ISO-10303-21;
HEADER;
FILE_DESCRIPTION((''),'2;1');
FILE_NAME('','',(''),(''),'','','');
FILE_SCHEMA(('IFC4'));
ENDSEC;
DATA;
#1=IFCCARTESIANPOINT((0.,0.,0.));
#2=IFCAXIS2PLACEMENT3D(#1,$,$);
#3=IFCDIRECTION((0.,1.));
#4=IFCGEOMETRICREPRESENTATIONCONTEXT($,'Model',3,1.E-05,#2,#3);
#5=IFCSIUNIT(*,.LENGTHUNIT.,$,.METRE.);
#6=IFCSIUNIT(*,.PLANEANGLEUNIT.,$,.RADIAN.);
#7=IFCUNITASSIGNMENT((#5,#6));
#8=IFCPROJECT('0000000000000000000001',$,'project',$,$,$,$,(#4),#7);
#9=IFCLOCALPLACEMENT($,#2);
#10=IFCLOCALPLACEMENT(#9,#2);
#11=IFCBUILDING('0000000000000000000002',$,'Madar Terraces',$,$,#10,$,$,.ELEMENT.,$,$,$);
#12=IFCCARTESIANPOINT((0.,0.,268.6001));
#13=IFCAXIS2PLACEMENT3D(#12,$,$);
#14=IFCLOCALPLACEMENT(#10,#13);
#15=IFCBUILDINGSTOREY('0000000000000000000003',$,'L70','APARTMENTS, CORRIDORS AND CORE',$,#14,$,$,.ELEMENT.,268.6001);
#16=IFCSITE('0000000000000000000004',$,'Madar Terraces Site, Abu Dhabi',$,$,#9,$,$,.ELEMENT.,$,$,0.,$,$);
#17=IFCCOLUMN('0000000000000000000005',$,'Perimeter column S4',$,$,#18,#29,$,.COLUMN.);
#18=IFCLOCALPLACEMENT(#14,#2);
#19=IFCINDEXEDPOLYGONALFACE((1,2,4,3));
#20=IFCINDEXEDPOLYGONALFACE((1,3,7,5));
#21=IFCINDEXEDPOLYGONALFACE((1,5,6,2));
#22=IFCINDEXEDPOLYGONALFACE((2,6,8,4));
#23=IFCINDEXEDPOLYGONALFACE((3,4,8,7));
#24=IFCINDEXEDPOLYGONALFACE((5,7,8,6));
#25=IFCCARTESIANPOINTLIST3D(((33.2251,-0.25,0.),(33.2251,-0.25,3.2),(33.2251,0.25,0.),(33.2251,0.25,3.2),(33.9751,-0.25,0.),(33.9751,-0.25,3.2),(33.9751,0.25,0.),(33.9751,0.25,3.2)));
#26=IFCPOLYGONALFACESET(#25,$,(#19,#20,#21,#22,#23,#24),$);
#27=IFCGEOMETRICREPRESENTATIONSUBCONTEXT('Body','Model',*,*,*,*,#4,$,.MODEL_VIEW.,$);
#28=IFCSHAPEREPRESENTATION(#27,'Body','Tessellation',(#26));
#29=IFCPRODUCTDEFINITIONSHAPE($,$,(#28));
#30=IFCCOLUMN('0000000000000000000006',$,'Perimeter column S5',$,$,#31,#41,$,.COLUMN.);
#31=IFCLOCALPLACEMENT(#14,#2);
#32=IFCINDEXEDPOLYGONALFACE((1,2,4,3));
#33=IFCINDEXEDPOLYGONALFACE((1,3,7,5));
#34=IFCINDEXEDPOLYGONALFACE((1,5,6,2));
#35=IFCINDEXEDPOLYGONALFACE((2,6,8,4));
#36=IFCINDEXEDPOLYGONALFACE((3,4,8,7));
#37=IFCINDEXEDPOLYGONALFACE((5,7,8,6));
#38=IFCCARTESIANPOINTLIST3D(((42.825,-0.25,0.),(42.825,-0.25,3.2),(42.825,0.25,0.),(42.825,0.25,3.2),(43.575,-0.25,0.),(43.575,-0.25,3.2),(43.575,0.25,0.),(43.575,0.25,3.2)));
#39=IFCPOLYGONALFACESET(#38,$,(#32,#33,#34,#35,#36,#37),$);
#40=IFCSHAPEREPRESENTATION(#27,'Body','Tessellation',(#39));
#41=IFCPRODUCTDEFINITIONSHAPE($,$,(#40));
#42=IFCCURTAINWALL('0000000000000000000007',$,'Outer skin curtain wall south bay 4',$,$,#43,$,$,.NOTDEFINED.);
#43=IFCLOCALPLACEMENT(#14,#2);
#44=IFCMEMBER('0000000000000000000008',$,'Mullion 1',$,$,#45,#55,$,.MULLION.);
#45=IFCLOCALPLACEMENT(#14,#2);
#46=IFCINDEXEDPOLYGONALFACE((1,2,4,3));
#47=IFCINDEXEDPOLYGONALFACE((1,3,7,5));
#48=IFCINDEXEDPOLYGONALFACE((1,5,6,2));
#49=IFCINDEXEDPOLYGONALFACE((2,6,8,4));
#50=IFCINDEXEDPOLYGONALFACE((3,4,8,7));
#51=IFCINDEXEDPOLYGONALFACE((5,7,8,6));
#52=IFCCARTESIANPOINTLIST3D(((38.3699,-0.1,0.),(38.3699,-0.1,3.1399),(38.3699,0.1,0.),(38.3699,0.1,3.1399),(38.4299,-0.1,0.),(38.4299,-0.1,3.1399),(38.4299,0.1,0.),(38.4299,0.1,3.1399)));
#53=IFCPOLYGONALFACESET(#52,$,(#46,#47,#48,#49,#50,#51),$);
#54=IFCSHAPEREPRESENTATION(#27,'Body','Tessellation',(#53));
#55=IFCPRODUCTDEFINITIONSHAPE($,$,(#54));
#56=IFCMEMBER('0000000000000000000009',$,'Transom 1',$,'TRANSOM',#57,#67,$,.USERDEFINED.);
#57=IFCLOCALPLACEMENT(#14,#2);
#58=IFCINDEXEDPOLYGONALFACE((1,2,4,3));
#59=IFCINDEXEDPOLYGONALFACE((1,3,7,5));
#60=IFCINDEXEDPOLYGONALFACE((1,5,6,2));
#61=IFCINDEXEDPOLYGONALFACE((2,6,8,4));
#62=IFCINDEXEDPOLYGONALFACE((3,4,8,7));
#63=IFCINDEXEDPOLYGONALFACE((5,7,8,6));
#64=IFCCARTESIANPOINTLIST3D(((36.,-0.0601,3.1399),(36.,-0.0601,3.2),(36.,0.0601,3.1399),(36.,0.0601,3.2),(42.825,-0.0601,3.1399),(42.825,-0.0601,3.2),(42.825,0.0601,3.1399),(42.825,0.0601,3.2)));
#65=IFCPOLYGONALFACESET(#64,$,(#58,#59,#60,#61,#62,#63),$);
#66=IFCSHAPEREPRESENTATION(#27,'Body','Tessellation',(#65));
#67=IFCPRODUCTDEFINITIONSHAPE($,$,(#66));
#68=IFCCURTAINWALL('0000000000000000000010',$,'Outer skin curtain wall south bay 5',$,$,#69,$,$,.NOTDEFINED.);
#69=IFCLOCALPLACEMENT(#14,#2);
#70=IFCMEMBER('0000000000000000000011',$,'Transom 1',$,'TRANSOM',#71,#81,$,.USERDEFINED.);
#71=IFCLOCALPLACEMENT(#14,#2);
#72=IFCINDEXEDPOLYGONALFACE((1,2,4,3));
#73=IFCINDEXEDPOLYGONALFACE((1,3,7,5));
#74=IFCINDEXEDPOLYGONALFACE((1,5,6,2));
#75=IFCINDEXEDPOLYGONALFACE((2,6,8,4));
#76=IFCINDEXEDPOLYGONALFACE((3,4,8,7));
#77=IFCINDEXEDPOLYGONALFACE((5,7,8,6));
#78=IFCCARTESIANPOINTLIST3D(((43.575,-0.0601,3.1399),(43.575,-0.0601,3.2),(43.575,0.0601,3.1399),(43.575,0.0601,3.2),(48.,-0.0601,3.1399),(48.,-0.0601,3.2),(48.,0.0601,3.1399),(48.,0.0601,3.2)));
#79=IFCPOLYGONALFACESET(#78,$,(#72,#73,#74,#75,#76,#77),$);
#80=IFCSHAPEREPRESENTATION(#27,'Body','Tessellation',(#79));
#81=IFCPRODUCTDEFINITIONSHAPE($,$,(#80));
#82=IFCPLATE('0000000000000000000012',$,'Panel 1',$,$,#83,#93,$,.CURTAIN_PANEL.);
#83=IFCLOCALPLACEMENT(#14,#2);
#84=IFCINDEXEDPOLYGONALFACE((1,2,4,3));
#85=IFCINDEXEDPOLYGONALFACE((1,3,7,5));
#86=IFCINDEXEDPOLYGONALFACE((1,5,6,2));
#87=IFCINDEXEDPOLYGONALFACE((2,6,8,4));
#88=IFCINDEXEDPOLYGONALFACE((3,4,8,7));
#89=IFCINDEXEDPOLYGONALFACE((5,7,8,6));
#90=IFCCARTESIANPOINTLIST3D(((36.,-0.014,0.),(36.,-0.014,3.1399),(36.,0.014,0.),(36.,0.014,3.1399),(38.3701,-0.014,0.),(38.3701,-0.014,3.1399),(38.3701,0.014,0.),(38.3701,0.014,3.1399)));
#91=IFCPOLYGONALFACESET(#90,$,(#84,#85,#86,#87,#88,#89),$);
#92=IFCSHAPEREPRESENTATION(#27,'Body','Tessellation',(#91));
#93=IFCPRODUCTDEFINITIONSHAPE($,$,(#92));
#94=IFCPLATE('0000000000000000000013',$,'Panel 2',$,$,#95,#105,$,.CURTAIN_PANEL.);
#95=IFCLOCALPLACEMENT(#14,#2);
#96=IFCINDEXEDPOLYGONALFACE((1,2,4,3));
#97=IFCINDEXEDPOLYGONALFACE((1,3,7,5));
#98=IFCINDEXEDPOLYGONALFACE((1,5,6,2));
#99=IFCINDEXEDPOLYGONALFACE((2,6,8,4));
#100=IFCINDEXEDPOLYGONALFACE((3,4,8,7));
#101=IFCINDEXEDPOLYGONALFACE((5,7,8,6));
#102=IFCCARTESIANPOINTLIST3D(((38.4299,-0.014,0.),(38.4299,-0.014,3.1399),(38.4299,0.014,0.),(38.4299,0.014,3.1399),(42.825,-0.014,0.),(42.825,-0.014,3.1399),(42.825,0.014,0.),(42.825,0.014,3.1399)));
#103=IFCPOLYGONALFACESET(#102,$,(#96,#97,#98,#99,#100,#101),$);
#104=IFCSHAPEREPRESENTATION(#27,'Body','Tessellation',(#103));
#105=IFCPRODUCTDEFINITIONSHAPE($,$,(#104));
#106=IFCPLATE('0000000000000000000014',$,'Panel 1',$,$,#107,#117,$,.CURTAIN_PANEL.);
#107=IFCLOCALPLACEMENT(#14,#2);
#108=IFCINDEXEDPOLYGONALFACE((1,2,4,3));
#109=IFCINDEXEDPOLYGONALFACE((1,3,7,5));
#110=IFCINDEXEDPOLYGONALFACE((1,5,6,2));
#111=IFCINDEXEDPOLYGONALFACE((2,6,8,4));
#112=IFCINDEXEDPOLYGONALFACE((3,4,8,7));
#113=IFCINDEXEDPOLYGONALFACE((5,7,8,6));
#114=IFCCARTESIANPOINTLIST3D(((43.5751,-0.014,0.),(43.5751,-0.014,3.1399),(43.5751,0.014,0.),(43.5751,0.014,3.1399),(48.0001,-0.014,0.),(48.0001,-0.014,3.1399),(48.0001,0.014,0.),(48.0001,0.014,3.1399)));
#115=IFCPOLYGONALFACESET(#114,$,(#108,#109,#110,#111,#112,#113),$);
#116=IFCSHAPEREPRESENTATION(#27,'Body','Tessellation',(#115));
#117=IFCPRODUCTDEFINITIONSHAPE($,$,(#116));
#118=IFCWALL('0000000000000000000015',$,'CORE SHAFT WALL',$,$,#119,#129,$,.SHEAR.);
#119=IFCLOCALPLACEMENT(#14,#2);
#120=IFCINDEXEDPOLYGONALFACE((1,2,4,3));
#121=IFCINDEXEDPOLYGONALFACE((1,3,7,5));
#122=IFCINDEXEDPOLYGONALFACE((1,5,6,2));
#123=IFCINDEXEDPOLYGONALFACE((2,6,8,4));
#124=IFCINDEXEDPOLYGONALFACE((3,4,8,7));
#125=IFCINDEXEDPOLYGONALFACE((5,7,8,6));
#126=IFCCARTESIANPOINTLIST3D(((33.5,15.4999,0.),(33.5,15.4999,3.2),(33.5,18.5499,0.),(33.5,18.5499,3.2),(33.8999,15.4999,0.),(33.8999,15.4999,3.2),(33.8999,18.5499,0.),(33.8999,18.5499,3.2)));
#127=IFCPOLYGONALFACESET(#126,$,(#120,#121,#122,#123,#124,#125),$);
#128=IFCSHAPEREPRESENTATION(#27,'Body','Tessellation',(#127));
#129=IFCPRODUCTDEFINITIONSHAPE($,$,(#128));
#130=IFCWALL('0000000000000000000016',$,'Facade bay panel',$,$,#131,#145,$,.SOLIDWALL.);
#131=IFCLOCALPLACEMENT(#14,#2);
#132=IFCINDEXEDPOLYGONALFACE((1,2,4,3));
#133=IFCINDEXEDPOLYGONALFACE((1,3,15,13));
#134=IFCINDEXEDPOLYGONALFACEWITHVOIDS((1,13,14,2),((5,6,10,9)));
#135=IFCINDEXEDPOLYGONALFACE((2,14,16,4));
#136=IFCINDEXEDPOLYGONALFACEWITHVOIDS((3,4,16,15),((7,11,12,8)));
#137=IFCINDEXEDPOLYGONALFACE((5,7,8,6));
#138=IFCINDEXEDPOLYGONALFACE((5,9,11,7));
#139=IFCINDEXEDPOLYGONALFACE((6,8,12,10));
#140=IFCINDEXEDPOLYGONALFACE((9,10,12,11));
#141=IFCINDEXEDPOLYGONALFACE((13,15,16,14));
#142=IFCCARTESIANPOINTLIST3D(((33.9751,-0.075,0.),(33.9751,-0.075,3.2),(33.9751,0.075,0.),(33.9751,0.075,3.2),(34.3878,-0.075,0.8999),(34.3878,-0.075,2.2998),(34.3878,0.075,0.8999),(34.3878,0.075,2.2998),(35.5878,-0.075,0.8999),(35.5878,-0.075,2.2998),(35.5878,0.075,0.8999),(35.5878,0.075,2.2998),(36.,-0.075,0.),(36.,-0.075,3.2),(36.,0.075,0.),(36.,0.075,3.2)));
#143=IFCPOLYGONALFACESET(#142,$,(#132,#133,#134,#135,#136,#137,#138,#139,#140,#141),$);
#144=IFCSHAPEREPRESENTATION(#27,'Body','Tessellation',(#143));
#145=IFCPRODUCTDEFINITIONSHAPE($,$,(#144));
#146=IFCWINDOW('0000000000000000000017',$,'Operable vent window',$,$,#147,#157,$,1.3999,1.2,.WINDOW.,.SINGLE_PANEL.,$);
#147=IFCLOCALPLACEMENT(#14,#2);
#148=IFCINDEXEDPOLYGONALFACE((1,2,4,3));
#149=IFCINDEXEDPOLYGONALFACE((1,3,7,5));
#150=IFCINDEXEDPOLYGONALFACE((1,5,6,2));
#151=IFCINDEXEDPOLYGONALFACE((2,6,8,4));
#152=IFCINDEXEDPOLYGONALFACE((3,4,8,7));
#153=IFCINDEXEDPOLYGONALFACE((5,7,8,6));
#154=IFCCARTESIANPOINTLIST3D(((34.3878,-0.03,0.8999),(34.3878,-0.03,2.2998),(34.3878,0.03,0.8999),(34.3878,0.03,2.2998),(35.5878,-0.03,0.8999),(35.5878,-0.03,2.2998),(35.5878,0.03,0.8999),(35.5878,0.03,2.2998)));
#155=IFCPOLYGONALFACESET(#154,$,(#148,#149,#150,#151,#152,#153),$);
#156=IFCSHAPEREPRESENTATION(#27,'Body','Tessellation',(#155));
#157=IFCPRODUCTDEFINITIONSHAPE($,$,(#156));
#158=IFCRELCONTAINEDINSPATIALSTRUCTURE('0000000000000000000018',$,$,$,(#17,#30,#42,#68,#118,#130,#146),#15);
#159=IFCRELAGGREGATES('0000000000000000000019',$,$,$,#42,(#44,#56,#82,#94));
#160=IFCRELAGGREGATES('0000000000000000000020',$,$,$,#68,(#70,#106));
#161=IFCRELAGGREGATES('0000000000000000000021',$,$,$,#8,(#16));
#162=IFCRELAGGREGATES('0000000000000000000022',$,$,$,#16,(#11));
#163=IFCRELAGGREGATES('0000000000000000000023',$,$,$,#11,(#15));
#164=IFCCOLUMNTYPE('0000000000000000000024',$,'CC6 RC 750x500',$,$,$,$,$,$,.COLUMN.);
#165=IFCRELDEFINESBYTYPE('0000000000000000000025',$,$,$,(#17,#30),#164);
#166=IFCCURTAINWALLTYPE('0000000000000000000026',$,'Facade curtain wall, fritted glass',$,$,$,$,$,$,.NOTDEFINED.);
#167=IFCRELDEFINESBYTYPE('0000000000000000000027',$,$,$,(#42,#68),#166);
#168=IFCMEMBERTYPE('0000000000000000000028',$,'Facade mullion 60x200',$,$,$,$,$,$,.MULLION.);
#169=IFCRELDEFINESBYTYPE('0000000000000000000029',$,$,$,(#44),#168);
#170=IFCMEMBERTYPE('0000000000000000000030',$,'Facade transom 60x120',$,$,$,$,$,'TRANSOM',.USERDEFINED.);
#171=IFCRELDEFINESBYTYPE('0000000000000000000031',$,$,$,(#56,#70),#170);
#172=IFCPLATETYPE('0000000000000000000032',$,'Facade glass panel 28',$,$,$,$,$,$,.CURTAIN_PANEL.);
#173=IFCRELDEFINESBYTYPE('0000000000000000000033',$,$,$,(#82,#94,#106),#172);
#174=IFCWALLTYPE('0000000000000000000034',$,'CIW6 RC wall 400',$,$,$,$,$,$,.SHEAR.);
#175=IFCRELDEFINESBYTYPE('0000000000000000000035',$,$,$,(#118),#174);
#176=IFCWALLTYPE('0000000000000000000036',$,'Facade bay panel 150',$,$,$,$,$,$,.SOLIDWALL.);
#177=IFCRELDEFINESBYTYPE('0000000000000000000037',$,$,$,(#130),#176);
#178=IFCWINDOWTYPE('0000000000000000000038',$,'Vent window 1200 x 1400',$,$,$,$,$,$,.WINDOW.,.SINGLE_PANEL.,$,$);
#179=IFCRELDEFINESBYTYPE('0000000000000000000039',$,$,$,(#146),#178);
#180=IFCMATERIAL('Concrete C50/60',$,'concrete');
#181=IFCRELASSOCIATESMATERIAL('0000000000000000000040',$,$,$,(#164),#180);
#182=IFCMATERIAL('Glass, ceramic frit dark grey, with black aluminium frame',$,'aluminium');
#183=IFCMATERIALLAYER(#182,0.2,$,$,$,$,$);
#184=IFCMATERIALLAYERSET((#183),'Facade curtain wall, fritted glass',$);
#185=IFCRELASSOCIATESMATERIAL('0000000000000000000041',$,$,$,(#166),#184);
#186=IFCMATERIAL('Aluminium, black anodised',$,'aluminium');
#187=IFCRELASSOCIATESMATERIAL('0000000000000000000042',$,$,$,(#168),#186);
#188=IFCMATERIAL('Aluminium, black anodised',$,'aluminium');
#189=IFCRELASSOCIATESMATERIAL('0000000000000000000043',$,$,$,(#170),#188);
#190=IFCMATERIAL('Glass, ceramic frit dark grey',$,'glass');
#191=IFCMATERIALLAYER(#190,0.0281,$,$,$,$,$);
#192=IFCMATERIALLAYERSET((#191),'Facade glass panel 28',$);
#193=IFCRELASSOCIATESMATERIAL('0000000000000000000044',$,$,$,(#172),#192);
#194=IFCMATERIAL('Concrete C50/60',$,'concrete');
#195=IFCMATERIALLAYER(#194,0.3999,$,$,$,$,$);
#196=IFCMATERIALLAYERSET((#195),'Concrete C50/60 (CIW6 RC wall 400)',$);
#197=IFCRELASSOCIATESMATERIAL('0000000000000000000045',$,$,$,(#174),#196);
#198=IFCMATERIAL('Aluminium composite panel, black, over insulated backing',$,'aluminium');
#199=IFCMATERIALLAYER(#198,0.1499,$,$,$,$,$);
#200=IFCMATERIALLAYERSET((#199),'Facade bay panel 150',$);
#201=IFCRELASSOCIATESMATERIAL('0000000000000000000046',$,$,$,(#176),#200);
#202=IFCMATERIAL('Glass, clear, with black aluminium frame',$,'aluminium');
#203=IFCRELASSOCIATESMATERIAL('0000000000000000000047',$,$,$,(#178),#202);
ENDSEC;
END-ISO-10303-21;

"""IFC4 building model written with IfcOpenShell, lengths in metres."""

from ifc_helpers import new_model, si_unit, direction, frame, frame_2d, origin, origin_2d, place, context, subcontext, project, spatial, rectangle, extrude, material, layer, layer_set, material_profile, profile_set, type_object, element, fill, aggregate, save


model = new_model("IFC4")

# Units and contexts
model_context = context("Model", 3, precision=1e-05, world=origin(), true_north=direction((0.0, 1.0)))
body_context = subcontext(model_context, "Body", "Model", "MODEL_VIEW")
ifc_project = project(units=[si_unit("LENGTHUNIT", "METRE"), si_unit("PLANEANGLEUNIT", "RADIAN")], contexts=[model_context])

# Site, building, storey
site_placement = place(None, origin())
site = spatial("IfcSite", under=ifc_project, at=site_placement, Name="Madar Terraces Site, Abu Dhabi", CompositionType="ELEMENT", RefElevation=0.0)
building_placement = place(site_placement, origin())
building = spatial("IfcBuilding", under=site, at=building_placement, Name="Madar Terraces", CompositionType="ELEMENT")
storey_placement = place(building_placement, frame((0.0, 0.0, 268.6001)))
storey = spatial("IfcBuildingStorey", under=building, at=storey_placement, Name="L70", Description="APARTMENTS, CORRIDORS AND CORE", CompositionType="ELEMENT", Elevation=268.6001)

# Columns
ifc_material_1 = material(Name="Concrete C50/60", Category="concrete")
ifc_material_profile_1 = material_profile(ifc_material_1, rectangle(XDim=0.75, YDim=0.5, at=origin_2d()), Name="CC6 RC 750x500")
ifc_profile_set_1 = profile_set([ifc_material_profile_1], Name="Concrete C50/60")
column_type = type_object("IfcColumnType", Name="CC6 RC 750x500", PredefinedType="COLUMN", material=ifc_profile_set_1)
for number, where, z_axis, x_axis, name in (
    (1, (33.6001, 0.0, 0.0), (0.0, 0.0, 1.0), (1.0, 0.0, 0.0), "Perimeter column S4"),
    (2, (43.2, 0.0, 0.0), (0.0, 0.0, 1.0), (1.0, 0.0, 0.0), "Perimeter column S5"),
):
    element("IfcColumn", number, at=place(storey_placement, frame(where, z_axis=z_axis, x_axis=x_axis)), inside=storey, type_object=column_type, Name=name, PredefinedType="COLUMN", context=body_context, shape_type="SweptSolid", body=[
        extrude(rectangle(XDim=0.75, YDim=0.5, at=origin_2d()), origin(), (0.0, 0.0, 1.0), 3.2),
    ])

# Curtain wall, members
ifc_material_2 = material(Name="Glass, ceramic frit dark grey, with black aluminium frame", Category="aluminium")
ifc_layer_1 = layer(ifc_material_2, 0.2)
ifc_layer_set_1 = layer_set([ifc_layer_1], Name="Facade curtain wall, fritted glass")
curtain_wall_type = type_object("IfcCurtainWallType", Name="Facade curtain wall, fritted glass", PredefinedType="NOTDEFINED", material=ifc_layer_set_1)
curtain_wall_1_placement = place(storey_placement, origin())
curtain_wall_1 = element("IfcCurtainWall", 3, at=curtain_wall_1_placement, inside=storey, type_object=curtain_wall_type, Name="Outer skin curtain wall south bay 4", PredefinedType="NOTDEFINED")
ifc_material_3 = material(Name="Aluminium, black anodised", Category="aluminium")
ifc_material_profile_2 = material_profile(ifc_material_3, rectangle(XDim=0.2, YDim=0.0601, at=origin_2d()), Name="Facade mullion 60x200")
ifc_profile_set_2 = profile_set([ifc_material_profile_2], Name="Aluminium, black anodised")
member_type_1 = type_object("IfcMemberType", Name="Facade mullion 60x200", PredefinedType="MULLION", material=ifc_profile_set_2)
member_1_placement = place(storey_placement, frame((38.3999, 0.0, 0.0), z_axis=(0.0, 0.0, 1.0), x_axis=(0.0, 1.0, 0.0)))
member_1 = element("IfcMember", 4, at=member_1_placement, type_object=member_type_1, Name="Mullion 1", PredefinedType="MULLION", context=body_context, shape_type="SweptSolid", body=[
    extrude(rectangle(XDim=0.2, YDim=0.0601, at=origin_2d()), origin(), (0.0, 0.0, 1.0), 3.1399),
])
ifc_material_4 = material(Name="Aluminium, black anodised", Category="aluminium")
ifc_material_profile_3 = material_profile(ifc_material_4, rectangle(XDim=0.1201, YDim=0.0601, at=origin_2d()), Name="Facade transom 60x120")
ifc_profile_set_3 = profile_set([ifc_material_profile_3], Name="Aluminium, black anodised")
member_type_2 = type_object("IfcMemberType", Name="Facade transom 60x120", ElementType="TRANSOM", PredefinedType="USERDEFINED", material=ifc_profile_set_3)
member_2_placement = place(storey_placement, frame((36.0, 0.0, 3.1699), z_axis=(1.0, 0.0, 0.0), x_axis=(0.0, 1.0, 0.0)))
member_2 = element("IfcMember", 5, at=member_2_placement, type_object=member_type_2, Name="Transom 1", ObjectType="TRANSOM", PredefinedType="USERDEFINED", context=body_context, shape_type="SweptSolid", body=[
    extrude(rectangle(XDim=0.1201, YDim=0.0601, at=origin_2d()), origin(), (0.0, 0.0, 1.0), 6.825),
])

# Curtain wall, member
curtain_wall_2_placement = place(storey_placement, origin())
curtain_wall_2 = element("IfcCurtainWall", 6, at=curtain_wall_2_placement, inside=storey, type_object=curtain_wall_type, Name="Outer skin curtain wall south bay 5", PredefinedType="NOTDEFINED")
member_3_placement = place(storey_placement, frame((43.575, 0.0, 3.1699), z_axis=(1.0, 0.0, 0.0), x_axis=(0.0, 1.0, 0.0)))
member_3 = element("IfcMember", 7, at=member_3_placement, type_object=member_type_2, Name="Transom 1", ObjectType="TRANSOM", PredefinedType="USERDEFINED", context=body_context, shape_type="SweptSolid", body=[
    extrude(rectangle(XDim=0.1201, YDim=0.0601, at=origin_2d()), origin(), (0.0, 0.0, 1.0), 4.425),
])

# Plates
ifc_material_5 = material(Name="Glass, ceramic frit dark grey", Category="glass")
ifc_layer_2 = layer(ifc_material_5, 0.0281)
ifc_layer_set_2 = layer_set([ifc_layer_2], Name="Facade glass panel 28")
plate_type = type_object("IfcPlateType", Name="Facade glass panel 28", PredefinedType="CURTAIN_PANEL", material=ifc_layer_set_2)
plate_1_placement = place(storey_placement, frame((37.1851, 0.0, 0.0), z_axis=(0.0, 0.0, 1.0), x_axis=(1.0, 0.0, 0.0)))
plate_1 = element("IfcPlate", 8, at=plate_1_placement, type_object=plate_type, Name="Panel 1", PredefinedType="CURTAIN_PANEL", context=body_context, shape_type="SweptSolid", body=[
    extrude(rectangle(XDim=2.3701, YDim=0.0281, at=origin_2d()), origin(), (0.0, 0.0, 1.0), 3.1399),
])
plate_2_placement = place(storey_placement, frame((40.6274, 0.0, 0.0), z_axis=(0.0, 0.0, 1.0), x_axis=(1.0, 0.0, 0.0)))
plate_2 = element("IfcPlate", 9, at=plate_2_placement, type_object=plate_type, Name="Panel 2", PredefinedType="CURTAIN_PANEL", context=body_context, shape_type="SweptSolid", body=[
    extrude(rectangle(XDim=4.395, YDim=0.0281, at=origin_2d()), origin(), (0.0, 0.0, 1.0), 3.1399),
])
aggregate(curtain_wall_1, [member_1, member_2, plate_1, plate_2])
plate_3_placement = place(storey_placement, frame((45.7876, 0.0, 0.0), z_axis=(0.0, 0.0, 1.0), x_axis=(1.0, 0.0, 0.0)))
plate_3 = element("IfcPlate", 10, at=plate_3_placement, type_object=plate_type, Name="Panel 1", PredefinedType="CURTAIN_PANEL", context=body_context, shape_type="SweptSolid", body=[
    extrude(rectangle(XDim=4.425, YDim=0.0281, at=origin_2d()), origin(), (0.0, 0.0, 1.0), 3.1399),
])
aggregate(curtain_wall_2, [member_3, plate_3])

# Wall
ifc_material_6 = material(Name="Concrete C50/60", Category="concrete")
ifc_layer_3 = layer(ifc_material_6, 0.3999)
ifc_layer_set_3 = layer_set([ifc_layer_3], Name="Concrete C50/60 (CIW6 RC wall 400)")
wall_type_1 = type_object("IfcWallType", Name="CIW6 RC wall 400", PredefinedType="SHEAR", material=ifc_layer_set_3)
wall_1_placement = place(storey_placement, frame((33.7, 15.5, 0.0), z_axis=(0.0, 0.0, 1.0), x_axis=(0.0, 1.0, 0.0)))
element("IfcWall", 11, at=wall_1_placement, inside=storey, type_object=wall_type_1, Name="CORE SHAFT WALL", PredefinedType="SHEAR", context=body_context, shape_type="SweptSolid", body=[
    extrude(rectangle(XDim=3.05, YDim=0.3999, at=frame_2d((1.5249, 0.0))), origin(), (0.0, 0.0, 1.0), 3.2),
])

# Wall, opening, window
ifc_material_7 = material(Name="Aluminium composite panel, black, over insulated backing", Category="aluminium")
ifc_layer_4 = layer(ifc_material_7, 0.1499)
ifc_layer_set_4 = layer_set([ifc_layer_4], Name="Facade bay panel 150")
wall_type_2 = type_object("IfcWallType", Name="Facade bay panel 150", PredefinedType="SOLIDWALL", material=ifc_layer_set_4)
wall_2_placement = place(storey_placement, frame((33.9751, 0.0, 0.0), z_axis=(0.0, 0.0, 1.0), x_axis=(1.0, 0.0, 0.0)))
wall_2 = element("IfcWall", 12, at=wall_2_placement, inside=storey, type_object=wall_type_2, Name="Facade bay panel", PredefinedType="SOLIDWALL", context=body_context, shape_type="SweptSolid", body=[
    extrude(rectangle(XDim=2.0249, YDim=0.1499, at=frame_2d((1.0125, 0.0))), origin(), (0.0, 0.0, 1.0), 3.2),
])
opening_1_placement = place(wall_2_placement, frame((0.4126, 0.0, 0.8999)))
opening_1 = element("IfcOpeningElement", 13, at=opening_1_placement, cuts=wall_2, PredefinedType="OPENING", context=body_context, shape_type="SweptSolid", body=[
    extrude(rectangle(XDim=1.2, YDim=1.3999, at=frame_2d((0.6001, 0.7))), frame((0.0, 0.085, 0.0), z_axis=(0.0, -1.0, 0.0), x_axis=(1.0, 0.0, 0.0)), (0.0, 0.0, 1.0), 0.1699),
])
ifc_material_8 = material(Name="Glass, clear, with black aluminium frame", Category="aluminium")
window_type = type_object("IfcWindowType", Name="Vent window 1200 x 1400", PartitioningType="SINGLE_PANEL", PredefinedType="WINDOW", material=ifc_material_8)
window_placement = place(opening_1_placement, origin())
window = element("IfcWindow", 14, at=window_placement, inside=storey, type_object=window_type, Name="Operable vent window", OverallHeight=1.3999, OverallWidth=1.2, PartitioningType="SINGLE_PANEL", PredefinedType="WINDOW", context=body_context, shape_type="SweptSolid", body=[
    extrude(rectangle(XDim=1.2, YDim=1.3999, at=frame_2d((0.6001, 0.7))), frame((0.0, 0.03, 0.0), z_axis=(0.0, -1.0, 0.0), x_axis=(1.0, 0.0, 0.0)), (0.0, 0.0, 1.0), 0.0601),
])
fill(opening_1, window)

save(model, "model.ifc")
